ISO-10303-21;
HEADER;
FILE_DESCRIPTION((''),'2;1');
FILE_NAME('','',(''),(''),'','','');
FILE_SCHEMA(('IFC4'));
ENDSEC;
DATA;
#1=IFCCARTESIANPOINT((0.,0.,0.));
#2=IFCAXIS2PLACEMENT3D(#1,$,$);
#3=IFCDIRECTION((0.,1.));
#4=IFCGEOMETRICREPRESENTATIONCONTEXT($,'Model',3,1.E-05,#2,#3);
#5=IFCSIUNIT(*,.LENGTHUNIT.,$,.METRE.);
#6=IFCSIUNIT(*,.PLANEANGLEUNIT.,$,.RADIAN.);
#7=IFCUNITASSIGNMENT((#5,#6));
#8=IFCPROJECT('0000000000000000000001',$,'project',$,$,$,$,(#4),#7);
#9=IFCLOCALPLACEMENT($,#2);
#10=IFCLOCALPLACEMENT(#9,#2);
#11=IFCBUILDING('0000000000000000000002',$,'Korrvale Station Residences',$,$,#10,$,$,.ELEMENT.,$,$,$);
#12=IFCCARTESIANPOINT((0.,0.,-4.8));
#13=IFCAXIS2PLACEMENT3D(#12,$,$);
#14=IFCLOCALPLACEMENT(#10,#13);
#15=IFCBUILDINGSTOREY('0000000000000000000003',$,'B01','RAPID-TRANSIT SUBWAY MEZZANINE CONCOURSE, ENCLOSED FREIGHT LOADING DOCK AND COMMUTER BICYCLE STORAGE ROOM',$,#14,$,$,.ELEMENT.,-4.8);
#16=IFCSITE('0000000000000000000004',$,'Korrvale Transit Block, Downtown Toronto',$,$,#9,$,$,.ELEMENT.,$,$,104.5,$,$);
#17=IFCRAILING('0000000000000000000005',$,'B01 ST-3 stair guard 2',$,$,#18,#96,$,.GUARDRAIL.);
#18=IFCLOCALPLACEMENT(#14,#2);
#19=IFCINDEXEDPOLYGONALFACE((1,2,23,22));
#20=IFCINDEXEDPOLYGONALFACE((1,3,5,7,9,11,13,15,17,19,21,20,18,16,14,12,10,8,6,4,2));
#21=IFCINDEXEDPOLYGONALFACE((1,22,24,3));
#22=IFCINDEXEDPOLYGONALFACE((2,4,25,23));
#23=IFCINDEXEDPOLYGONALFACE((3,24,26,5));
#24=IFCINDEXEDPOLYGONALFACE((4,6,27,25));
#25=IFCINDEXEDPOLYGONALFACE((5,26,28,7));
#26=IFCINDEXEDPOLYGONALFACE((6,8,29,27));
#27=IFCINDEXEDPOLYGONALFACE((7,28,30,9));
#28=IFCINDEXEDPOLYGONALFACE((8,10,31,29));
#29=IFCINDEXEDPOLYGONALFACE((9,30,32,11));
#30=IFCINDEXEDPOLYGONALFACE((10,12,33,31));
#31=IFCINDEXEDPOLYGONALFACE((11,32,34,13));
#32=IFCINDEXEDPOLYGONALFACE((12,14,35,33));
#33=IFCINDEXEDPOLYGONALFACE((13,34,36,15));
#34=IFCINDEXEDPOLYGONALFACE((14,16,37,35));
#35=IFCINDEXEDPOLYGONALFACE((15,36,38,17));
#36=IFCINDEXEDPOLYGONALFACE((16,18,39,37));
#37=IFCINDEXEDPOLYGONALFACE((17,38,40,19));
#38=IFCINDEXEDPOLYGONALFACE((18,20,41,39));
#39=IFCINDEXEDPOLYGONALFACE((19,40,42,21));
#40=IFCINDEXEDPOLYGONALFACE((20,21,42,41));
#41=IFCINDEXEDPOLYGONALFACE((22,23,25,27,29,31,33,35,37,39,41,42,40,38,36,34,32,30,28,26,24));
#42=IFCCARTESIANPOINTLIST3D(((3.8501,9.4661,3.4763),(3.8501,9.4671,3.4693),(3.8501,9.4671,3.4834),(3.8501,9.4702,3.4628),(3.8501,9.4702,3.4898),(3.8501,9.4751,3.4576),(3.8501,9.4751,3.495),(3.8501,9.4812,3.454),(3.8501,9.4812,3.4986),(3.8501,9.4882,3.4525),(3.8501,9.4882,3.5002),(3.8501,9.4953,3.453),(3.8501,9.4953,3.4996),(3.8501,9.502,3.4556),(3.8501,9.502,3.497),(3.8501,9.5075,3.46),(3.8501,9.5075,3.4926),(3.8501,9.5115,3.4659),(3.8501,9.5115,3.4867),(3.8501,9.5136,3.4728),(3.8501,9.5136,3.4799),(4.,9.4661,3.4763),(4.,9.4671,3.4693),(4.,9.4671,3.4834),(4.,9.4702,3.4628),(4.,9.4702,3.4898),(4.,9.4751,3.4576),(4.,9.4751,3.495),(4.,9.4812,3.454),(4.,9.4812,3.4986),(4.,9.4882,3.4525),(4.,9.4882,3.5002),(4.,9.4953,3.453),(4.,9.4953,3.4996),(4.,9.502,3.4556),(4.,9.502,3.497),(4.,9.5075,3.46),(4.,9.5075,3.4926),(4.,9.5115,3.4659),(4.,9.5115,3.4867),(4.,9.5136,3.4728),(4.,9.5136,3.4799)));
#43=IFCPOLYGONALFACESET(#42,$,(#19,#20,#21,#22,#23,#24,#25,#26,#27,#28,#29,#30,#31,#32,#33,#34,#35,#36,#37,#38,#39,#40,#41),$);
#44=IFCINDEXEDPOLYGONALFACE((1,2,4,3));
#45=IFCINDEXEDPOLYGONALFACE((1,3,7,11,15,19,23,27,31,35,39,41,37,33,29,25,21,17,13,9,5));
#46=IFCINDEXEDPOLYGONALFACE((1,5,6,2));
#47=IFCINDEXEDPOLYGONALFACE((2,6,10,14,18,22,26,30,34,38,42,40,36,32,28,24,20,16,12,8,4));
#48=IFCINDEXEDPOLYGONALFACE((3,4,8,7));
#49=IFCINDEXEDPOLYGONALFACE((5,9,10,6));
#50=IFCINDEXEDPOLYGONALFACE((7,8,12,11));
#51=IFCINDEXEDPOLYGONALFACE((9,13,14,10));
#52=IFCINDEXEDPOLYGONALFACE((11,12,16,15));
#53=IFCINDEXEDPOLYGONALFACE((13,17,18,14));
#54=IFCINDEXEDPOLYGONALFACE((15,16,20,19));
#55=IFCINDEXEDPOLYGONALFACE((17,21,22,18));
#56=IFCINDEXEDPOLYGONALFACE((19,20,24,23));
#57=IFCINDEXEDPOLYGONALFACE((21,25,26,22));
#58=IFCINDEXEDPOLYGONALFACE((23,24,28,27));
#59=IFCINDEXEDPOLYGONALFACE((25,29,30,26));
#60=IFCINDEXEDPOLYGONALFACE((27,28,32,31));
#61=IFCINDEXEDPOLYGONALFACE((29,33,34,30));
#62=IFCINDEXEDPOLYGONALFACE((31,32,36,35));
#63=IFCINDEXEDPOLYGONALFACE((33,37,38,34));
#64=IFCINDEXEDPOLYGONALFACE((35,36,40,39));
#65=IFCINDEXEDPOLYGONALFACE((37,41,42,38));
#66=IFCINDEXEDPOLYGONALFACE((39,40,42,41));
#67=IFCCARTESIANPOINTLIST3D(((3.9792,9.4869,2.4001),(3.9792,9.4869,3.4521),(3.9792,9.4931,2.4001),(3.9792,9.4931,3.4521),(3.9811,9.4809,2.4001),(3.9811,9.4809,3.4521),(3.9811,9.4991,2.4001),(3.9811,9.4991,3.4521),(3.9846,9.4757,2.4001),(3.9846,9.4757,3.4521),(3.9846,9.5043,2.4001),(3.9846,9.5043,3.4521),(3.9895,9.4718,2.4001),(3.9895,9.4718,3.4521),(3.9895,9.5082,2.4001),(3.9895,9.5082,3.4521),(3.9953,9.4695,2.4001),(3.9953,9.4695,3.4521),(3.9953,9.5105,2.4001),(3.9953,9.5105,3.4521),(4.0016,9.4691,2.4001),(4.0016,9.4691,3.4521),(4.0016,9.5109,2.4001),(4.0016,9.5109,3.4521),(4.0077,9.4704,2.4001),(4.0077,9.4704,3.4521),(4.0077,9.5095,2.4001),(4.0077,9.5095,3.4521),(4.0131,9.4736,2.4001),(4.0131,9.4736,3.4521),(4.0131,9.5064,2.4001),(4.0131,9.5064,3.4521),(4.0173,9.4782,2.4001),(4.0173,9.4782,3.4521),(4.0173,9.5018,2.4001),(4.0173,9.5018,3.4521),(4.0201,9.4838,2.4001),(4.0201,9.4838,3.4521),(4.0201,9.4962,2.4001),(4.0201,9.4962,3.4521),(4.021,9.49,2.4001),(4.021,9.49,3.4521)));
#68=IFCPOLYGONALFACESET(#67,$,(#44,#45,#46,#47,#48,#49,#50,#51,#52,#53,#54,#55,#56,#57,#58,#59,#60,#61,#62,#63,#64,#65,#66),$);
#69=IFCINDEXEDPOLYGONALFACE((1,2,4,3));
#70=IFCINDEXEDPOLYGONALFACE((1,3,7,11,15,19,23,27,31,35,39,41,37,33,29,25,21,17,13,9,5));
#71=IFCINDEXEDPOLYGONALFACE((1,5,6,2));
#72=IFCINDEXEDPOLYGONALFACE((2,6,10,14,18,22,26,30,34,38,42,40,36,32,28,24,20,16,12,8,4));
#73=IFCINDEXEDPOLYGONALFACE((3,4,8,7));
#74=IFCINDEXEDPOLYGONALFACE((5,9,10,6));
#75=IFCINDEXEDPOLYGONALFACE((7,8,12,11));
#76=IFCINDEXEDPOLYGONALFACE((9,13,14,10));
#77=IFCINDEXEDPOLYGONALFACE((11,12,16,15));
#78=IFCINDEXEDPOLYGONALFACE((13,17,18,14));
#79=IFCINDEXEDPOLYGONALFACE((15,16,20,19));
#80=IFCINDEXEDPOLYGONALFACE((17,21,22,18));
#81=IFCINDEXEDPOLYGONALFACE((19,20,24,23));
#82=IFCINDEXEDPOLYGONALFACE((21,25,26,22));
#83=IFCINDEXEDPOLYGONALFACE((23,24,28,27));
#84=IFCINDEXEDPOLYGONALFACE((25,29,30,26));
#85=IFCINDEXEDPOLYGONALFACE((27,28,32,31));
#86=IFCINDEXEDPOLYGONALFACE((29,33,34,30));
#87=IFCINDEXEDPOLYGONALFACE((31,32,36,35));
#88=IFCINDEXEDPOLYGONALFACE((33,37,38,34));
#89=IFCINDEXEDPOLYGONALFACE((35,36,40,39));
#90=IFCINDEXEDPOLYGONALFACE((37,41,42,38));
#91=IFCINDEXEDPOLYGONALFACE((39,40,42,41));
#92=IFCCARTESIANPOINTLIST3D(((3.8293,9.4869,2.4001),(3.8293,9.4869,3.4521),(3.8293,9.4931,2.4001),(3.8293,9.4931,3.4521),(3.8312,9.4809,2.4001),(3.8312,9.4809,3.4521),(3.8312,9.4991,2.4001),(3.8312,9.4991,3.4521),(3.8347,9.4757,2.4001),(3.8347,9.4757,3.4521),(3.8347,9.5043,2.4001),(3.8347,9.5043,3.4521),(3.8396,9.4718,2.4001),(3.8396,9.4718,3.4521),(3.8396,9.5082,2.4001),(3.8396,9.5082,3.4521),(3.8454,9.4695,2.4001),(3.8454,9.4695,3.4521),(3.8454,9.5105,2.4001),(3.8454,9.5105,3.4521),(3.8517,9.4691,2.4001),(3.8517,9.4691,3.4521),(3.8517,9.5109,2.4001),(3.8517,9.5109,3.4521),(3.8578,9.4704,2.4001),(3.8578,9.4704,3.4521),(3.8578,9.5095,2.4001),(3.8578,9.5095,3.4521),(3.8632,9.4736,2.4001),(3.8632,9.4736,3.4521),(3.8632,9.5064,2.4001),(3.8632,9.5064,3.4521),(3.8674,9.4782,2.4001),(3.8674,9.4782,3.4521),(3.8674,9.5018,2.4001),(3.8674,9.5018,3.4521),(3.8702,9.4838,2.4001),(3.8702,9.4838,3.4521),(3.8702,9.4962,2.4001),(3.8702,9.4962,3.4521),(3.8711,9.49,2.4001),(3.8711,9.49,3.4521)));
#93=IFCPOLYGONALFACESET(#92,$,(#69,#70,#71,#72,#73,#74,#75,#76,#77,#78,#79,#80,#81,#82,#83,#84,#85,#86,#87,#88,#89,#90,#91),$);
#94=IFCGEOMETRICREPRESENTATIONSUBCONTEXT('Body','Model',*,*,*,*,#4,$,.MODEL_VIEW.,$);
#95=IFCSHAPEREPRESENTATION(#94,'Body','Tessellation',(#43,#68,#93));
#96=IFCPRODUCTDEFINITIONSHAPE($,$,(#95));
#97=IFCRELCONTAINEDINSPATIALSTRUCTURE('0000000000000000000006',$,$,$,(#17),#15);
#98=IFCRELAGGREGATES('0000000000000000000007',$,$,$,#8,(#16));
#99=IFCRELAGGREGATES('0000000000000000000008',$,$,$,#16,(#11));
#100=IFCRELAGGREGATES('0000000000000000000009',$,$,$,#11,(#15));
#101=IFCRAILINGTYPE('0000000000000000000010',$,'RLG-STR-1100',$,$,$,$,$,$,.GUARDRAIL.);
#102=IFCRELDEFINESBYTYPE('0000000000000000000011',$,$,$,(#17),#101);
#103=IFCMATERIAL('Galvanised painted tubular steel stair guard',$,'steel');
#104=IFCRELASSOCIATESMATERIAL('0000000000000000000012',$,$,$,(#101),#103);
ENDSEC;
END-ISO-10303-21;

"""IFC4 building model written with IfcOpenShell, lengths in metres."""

from ifc_helpers import new_model, si_unit, direction, frame, origin, origin_2d, place, context, subcontext, project, spatial, circle, extrude, material, type_object, element, save


model = new_model("IFC4")

# Units and contexts
model_context = context("Model", 3, precision=1e-05, world=origin(), true_north=direction((0.0, 1.0)))
body_context = subcontext(model_context, "Body", "Model", "MODEL_VIEW")
ifc_project = project(units=[si_unit("LENGTHUNIT", "METRE"), si_unit("PLANEANGLEUNIT", "RADIAN")], contexts=[model_context])

# Site, building, storey
site_placement = place(None, origin())
site = spatial("IfcSite", under=ifc_project, at=site_placement, Name="Korrvale Transit Block, Downtown Toronto", CompositionType="ELEMENT", RefElevation=104.5)
building_placement = place(site_placement, origin())
building = spatial("IfcBuilding", under=site, at=building_placement, Name="Korrvale Station Residences", CompositionType="ELEMENT")
storey_placement = place(building_placement, frame((0.0, 0.0, -4.8)))
storey = spatial("IfcBuildingStorey", under=building, at=storey_placement, Name="B01", Description="RAPID-TRANSIT SUBWAY MEZZANINE CONCOURSE, ENCLOSED FREIGHT LOADING DOCK AND COMMUTER BICYCLE STORAGE ROOM", CompositionType="ELEMENT", Elevation=-4.8)

# Railing
ifc_material_1 = material(Name="Galvanised painted tubular steel stair guard", Category="steel")
railing_type_1 = type_object("IfcRailingType", Name="RLG-STR-1100", PredefinedType="GUARDRAIL", material=ifc_material_1)
railing_1_placement = place(storey_placement, frame((4.0, 9.49, 2.4001)))
element("IfcRailing", 1, at=railing_1_placement, inside=storey, type_object=railing_type_1, Name="B01 ST-3 stair guard 2", PredefinedType="GUARDRAIL", context=body_context, shape_type="SweptSolid", body=[
    extrude(circle(Radius=0.0239, at=origin_2d()), frame((0.0, 0.0, 1.0762), z_axis=(-1.0, 0.0, 0.0), x_axis=(0.0, -1.0, 0.0)), (0.0, 0.0, 1.0), 0.1499),
    extrude(circle(Radius=0.021, at=origin_2d()), origin(), (0.0, 0.0, 1.0), 1.052),
    extrude(circle(Radius=0.021, at=origin_2d()), frame((-0.1499, 0.0, 0.0)), (0.0, 0.0, 1.0), 1.052),
])

save(model, "model.ifc")
